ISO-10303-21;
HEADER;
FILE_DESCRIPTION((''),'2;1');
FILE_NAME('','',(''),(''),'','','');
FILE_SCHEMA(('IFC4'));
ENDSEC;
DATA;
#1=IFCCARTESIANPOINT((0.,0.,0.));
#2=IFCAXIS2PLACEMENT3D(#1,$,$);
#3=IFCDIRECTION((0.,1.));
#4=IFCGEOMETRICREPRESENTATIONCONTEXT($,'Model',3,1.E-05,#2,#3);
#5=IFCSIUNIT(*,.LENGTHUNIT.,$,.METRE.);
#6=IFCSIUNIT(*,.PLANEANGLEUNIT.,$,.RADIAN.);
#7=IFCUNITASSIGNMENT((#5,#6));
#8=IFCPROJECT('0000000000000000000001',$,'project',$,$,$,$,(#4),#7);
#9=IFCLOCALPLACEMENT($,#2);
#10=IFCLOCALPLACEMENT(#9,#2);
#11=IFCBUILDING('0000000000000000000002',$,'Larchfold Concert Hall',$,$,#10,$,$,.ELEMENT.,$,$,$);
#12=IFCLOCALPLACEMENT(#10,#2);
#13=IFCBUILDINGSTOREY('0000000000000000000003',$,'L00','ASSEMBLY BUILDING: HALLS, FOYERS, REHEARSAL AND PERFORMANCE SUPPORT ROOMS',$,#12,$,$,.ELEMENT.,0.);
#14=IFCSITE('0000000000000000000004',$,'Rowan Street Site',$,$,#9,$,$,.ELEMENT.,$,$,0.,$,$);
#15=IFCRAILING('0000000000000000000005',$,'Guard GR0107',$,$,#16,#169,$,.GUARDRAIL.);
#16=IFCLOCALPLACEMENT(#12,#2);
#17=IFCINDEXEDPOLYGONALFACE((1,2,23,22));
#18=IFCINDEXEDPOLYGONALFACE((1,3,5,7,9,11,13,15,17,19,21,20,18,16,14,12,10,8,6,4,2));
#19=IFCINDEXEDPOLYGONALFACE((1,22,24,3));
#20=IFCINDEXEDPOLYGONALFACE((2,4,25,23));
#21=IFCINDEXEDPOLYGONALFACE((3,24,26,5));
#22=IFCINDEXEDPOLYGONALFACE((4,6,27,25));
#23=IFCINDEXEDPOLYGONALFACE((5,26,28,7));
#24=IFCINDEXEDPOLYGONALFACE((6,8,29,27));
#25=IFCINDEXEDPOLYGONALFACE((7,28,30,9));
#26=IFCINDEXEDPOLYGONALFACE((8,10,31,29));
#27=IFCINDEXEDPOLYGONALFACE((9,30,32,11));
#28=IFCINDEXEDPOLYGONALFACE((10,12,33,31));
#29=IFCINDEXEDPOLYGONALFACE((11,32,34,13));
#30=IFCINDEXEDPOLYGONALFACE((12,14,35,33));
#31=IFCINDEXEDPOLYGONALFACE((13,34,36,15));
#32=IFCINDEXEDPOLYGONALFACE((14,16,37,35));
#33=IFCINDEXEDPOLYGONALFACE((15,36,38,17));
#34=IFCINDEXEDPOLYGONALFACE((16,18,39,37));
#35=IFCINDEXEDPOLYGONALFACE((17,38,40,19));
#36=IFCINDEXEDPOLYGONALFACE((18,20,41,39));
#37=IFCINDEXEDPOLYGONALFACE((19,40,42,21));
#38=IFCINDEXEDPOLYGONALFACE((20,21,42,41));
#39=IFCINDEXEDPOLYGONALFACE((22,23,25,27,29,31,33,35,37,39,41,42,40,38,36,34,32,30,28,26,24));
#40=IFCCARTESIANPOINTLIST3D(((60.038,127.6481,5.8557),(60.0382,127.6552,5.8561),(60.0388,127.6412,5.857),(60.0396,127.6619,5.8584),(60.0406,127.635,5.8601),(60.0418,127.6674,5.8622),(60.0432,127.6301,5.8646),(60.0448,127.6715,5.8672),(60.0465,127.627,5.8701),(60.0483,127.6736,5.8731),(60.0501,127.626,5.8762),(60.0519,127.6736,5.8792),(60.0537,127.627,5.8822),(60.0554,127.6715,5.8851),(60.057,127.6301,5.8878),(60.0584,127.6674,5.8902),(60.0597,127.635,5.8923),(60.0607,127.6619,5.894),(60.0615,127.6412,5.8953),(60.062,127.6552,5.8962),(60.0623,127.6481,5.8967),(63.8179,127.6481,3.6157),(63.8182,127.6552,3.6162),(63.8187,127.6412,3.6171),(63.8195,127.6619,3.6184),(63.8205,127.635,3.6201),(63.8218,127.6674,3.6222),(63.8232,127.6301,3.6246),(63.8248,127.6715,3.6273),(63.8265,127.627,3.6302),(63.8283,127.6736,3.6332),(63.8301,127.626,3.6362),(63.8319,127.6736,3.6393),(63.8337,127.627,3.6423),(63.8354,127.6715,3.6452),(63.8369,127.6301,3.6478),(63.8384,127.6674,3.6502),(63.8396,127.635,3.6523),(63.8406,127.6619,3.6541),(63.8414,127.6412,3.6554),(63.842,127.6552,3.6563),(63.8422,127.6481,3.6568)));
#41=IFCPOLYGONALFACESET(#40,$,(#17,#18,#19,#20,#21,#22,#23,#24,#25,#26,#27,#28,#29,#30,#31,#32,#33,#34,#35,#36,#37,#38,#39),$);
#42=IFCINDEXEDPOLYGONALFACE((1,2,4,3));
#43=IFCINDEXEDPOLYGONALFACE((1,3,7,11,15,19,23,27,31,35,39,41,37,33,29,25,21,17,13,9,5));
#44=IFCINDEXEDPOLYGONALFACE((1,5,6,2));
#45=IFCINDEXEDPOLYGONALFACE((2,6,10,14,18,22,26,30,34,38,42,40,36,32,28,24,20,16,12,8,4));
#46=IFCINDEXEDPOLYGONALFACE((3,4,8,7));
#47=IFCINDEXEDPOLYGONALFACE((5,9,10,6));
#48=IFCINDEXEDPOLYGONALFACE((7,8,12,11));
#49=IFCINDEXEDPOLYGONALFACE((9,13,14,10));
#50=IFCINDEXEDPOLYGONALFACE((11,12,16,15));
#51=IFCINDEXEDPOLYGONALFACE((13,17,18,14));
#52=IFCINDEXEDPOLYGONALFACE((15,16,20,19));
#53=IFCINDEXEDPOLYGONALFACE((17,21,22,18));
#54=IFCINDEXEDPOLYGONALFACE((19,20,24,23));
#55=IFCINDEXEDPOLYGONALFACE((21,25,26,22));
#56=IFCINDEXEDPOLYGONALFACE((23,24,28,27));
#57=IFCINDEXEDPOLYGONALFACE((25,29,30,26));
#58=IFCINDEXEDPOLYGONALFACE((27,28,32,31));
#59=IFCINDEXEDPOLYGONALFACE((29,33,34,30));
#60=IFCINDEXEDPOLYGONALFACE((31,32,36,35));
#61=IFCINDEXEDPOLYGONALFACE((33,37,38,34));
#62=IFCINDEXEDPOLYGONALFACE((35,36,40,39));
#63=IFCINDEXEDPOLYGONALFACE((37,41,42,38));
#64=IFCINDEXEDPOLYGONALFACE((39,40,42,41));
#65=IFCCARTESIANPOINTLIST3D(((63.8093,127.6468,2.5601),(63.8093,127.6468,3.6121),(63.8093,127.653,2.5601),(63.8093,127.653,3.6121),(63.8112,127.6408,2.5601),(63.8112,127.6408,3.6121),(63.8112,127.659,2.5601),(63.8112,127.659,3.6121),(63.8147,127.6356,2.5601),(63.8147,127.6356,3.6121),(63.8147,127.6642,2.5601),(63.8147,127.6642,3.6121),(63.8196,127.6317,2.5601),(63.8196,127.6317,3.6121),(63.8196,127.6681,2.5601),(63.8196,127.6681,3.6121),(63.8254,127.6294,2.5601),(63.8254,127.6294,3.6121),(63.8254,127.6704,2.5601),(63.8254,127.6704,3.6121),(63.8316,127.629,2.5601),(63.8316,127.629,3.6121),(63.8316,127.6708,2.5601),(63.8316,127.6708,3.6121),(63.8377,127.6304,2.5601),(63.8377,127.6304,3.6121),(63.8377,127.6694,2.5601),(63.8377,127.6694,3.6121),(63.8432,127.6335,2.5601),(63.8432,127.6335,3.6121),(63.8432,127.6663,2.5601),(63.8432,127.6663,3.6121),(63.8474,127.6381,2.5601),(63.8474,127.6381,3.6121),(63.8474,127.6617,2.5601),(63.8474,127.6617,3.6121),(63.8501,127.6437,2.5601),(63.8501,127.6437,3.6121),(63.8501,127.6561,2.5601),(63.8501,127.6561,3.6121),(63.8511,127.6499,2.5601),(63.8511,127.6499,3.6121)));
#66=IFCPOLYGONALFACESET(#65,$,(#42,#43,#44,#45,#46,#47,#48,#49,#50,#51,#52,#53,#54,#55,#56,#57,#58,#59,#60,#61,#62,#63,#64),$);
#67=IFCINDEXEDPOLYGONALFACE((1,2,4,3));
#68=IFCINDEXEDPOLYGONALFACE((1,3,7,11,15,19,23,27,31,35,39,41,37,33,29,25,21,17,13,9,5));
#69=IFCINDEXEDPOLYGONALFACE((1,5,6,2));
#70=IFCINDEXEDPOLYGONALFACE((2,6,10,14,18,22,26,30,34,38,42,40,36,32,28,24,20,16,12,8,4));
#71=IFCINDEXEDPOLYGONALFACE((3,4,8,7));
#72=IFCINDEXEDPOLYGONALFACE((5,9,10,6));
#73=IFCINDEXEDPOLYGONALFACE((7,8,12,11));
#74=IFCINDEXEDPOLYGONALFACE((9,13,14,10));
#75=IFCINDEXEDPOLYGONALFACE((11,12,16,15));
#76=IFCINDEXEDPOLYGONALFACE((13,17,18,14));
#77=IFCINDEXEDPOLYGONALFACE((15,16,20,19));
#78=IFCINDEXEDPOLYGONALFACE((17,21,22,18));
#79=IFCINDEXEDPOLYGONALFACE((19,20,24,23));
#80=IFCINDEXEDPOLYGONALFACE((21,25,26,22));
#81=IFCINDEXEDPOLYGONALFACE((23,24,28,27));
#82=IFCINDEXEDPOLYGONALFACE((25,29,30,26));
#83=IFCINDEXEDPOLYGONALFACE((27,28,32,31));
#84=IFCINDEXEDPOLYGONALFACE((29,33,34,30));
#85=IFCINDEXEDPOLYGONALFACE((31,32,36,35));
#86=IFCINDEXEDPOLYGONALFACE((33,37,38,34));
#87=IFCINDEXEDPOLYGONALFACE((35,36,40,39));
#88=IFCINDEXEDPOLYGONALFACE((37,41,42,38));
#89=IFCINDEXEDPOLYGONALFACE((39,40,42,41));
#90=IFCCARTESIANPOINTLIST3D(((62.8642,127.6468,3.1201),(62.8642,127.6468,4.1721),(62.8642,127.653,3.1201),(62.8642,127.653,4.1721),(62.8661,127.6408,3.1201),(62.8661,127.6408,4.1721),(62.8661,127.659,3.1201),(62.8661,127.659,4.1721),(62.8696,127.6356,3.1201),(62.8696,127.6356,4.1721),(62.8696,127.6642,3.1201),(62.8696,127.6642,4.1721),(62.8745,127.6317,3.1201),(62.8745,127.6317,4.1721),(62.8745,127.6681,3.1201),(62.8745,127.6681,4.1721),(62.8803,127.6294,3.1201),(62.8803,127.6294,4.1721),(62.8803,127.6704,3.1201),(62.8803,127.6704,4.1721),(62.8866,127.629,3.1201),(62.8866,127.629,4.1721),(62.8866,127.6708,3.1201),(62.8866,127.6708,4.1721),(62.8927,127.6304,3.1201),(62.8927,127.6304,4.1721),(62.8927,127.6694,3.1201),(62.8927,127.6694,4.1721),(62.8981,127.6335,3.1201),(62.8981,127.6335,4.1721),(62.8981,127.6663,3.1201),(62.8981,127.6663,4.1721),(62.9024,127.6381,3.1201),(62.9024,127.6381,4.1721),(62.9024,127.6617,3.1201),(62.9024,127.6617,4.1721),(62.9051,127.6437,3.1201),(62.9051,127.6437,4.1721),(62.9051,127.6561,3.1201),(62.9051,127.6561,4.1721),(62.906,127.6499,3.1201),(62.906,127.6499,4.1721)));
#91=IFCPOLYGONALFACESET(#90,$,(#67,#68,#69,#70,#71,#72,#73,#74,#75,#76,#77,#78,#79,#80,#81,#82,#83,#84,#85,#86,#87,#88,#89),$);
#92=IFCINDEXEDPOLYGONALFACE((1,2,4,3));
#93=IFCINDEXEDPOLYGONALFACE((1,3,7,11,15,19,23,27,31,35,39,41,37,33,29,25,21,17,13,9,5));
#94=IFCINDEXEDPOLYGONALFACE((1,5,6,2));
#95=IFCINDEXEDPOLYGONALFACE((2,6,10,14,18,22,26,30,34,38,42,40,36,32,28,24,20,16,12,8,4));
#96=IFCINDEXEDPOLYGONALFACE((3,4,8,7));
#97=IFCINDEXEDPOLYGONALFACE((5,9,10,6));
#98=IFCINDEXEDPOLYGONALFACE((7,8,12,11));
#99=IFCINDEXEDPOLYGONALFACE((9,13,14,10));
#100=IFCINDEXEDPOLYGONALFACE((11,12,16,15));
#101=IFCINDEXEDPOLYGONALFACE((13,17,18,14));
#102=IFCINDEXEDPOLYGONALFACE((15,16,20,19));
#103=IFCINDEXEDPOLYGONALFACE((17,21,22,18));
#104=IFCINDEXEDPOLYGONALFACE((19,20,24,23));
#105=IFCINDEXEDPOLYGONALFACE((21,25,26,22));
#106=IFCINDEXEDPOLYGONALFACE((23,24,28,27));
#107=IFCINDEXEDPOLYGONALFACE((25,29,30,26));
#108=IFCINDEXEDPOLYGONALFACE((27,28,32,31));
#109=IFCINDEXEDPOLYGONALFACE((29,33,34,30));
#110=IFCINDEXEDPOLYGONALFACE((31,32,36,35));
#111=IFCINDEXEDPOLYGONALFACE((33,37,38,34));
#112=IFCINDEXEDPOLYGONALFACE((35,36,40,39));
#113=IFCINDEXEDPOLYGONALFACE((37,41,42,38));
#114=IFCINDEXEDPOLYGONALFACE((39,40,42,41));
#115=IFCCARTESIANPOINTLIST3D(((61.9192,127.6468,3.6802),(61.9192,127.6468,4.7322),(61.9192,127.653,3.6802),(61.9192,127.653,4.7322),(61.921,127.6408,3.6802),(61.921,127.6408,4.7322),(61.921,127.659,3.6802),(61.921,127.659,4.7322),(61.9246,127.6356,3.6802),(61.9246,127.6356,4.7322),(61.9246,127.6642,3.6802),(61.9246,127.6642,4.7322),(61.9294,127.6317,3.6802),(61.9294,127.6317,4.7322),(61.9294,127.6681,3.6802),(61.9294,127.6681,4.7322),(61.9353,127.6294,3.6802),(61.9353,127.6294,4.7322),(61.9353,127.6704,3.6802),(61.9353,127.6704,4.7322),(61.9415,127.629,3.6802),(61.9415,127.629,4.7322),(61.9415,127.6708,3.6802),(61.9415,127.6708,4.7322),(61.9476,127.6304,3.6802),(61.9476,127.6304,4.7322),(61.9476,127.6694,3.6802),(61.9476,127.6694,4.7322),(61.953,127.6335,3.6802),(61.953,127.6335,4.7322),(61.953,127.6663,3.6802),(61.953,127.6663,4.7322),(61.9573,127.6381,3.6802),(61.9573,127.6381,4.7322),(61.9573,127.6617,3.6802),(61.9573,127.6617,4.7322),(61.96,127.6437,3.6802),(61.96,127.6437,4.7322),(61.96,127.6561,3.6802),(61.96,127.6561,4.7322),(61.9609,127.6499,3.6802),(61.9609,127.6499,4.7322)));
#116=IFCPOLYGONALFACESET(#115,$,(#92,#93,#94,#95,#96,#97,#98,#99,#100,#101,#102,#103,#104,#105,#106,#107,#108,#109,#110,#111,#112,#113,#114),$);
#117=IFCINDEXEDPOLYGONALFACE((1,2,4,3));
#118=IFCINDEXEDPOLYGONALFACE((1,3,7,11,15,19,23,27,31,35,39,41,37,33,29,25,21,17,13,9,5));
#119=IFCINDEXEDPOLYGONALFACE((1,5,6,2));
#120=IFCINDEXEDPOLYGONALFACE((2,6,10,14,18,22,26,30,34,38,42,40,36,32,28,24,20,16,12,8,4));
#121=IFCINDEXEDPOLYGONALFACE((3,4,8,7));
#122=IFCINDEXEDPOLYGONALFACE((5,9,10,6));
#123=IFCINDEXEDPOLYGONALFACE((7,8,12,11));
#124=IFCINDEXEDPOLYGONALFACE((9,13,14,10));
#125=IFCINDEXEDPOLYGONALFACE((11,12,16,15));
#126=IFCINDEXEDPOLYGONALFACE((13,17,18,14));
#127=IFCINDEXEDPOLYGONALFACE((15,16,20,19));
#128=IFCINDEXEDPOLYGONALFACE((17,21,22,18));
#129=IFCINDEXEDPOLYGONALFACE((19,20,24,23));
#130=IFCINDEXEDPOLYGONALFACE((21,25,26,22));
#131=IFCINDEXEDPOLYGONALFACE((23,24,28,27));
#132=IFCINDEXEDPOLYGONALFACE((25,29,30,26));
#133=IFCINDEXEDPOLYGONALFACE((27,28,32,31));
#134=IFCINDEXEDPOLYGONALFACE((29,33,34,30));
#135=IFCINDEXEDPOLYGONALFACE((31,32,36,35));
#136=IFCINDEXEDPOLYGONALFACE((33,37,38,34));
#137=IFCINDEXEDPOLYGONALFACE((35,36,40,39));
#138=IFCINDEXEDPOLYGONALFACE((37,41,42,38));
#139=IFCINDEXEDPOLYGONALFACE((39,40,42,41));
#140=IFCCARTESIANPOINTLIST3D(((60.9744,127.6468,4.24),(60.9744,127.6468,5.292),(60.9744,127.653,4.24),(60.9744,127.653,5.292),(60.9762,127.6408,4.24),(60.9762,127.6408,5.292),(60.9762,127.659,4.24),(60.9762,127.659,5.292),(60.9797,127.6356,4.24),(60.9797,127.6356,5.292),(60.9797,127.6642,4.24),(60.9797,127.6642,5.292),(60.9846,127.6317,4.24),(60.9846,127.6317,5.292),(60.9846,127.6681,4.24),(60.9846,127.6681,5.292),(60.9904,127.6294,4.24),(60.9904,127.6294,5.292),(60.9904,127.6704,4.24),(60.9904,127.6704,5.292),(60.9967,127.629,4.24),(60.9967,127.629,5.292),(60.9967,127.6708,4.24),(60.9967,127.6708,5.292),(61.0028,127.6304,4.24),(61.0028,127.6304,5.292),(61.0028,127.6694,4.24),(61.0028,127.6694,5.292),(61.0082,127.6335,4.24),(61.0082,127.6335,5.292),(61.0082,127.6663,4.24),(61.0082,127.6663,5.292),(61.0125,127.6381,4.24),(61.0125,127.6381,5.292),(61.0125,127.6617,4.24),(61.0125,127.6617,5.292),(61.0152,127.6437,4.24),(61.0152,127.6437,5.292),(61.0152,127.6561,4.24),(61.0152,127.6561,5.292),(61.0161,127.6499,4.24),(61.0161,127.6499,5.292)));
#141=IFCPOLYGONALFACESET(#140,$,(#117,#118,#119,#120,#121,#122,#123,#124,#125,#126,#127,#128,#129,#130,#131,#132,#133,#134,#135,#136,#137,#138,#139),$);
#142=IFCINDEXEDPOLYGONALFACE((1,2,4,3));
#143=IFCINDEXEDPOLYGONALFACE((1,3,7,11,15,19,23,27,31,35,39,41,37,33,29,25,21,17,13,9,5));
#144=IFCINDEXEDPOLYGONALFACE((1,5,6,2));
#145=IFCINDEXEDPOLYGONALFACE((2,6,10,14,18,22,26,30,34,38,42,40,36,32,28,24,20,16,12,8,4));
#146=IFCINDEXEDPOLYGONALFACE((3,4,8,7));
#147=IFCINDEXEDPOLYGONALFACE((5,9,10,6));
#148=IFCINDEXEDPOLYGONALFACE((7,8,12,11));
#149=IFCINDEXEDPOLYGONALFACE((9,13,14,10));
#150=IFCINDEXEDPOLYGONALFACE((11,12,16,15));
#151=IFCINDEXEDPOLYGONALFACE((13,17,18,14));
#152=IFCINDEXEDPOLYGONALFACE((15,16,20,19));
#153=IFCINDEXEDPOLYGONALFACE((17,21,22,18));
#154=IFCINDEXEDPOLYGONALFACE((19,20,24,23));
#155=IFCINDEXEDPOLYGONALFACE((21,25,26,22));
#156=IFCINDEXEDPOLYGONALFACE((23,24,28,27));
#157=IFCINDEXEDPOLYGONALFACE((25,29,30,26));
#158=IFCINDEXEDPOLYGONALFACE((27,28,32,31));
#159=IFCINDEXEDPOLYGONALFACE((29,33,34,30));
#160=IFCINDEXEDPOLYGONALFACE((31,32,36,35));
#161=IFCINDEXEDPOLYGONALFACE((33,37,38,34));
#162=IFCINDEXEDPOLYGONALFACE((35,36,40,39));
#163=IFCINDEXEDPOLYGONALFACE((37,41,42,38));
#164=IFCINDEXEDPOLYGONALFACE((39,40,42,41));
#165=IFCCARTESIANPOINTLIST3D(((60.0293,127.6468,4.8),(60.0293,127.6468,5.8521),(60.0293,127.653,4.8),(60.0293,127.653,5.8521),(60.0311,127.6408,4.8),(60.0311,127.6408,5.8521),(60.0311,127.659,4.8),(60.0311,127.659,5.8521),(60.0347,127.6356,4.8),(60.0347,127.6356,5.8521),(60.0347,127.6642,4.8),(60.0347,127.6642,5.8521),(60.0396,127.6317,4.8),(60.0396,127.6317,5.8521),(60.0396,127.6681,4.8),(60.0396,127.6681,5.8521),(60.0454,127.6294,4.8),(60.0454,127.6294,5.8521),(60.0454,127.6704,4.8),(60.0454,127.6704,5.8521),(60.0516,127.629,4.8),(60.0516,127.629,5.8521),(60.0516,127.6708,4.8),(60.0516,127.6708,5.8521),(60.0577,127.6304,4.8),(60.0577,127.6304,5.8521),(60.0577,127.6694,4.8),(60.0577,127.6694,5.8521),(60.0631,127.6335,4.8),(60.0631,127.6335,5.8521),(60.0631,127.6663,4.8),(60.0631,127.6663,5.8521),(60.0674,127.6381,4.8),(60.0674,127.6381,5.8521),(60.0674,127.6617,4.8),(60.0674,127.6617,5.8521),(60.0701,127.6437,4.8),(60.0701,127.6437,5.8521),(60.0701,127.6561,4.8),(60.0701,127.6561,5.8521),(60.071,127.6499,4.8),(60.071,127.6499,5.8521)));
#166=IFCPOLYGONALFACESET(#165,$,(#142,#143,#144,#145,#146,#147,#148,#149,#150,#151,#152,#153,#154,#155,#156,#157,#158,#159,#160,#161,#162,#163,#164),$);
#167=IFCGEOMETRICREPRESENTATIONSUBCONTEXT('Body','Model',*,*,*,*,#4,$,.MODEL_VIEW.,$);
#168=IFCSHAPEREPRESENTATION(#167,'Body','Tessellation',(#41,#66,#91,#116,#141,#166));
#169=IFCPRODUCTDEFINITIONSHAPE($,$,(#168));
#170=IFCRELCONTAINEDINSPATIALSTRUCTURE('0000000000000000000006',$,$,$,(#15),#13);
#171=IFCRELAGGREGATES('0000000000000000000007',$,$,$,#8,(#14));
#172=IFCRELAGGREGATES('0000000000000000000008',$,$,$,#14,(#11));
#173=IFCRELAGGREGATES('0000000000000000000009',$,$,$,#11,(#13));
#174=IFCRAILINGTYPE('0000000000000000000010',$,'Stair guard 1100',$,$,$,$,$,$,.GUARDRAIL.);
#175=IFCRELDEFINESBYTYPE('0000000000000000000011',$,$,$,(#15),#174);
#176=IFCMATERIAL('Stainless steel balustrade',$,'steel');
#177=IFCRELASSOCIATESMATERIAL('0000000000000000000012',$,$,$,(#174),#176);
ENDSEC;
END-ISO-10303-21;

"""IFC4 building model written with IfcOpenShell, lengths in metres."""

from ifc_helpers import new_model, si_unit, direction, frame, origin, origin_2d, place, context, subcontext, project, spatial, circle, extrude, material, type_object, element, save


model = new_model("IFC4")

# Units and contexts
model_context = context("Model", 3, precision=1e-05, world=origin(), true_north=direction((0.0, 1.0)))
body_context = subcontext(model_context, "Body", "Model", "MODEL_VIEW")
ifc_project = project(units=[si_unit("LENGTHUNIT", "METRE"), si_unit("PLANEANGLEUNIT", "RADIAN")], contexts=[model_context])

# Site, building, storey
site_placement = place(None, origin())
site = spatial("IfcSite", under=ifc_project, at=site_placement, Name="Rowan Street Site", CompositionType="ELEMENT", RefElevation=0.0)
building_placement = place(site_placement, origin())
building = spatial("IfcBuilding", under=site, at=building_placement, Name="Larchfold Concert Hall", CompositionType="ELEMENT")
storey_placement = place(building_placement, origin())
storey = spatial("IfcBuildingStorey", under=building, at=storey_placement, Name="L00", Description="ASSEMBLY BUILDING: HALLS, FOYERS, REHEARSAL AND PERFORMANCE SUPPORT ROOMS", CompositionType="ELEMENT", Elevation=0.0)

# Railing
ifc_material_1 = material(Name="Stainless steel balustrade", Category="steel")
railing_type_1 = type_object("IfcRailingType", Name="Stair guard 1100", PredefinedType="GUARDRAIL", material=ifc_material_1)
railing_1_placement = place(storey_placement, frame((63.8301, 127.6499, 2.5601)))
element("IfcRailing", 1, at=railing_1_placement, inside=storey, type_object=railing_type_1, Name="Guard GR0107", PredefinedType="GUARDRAIL", context=body_context, shape_type="SweptSolid", body=[
    extrude(circle(Radius=0.0239, at=origin_2d()), frame((0.0, 0.0, 1.0762), z_axis=(-0.860294, 0.0, 0.509798), x_axis=(0.0, -1.0, 0.0)), (0.0, 0.0, 1.0), 4.3938),
    extrude(circle(Radius=0.021, at=origin_2d()), origin(), (0.0, 0.0, 1.0), 1.052),
    extrude(circle(Radius=0.021, at=origin_2d()), frame((-0.9451, 0.0, 0.5601)), (0.0, 0.0, 1.0), 1.052),
    extrude(circle(Radius=0.021, at=origin_2d()), frame((-1.8901, 0.0, 1.1201)), (0.0, 0.0, 1.0), 1.052),
    extrude(circle(Radius=0.021, at=origin_2d()), frame((-2.835, 0.0, 1.6799)), (0.0, 0.0, 1.0), 1.052),
    extrude(circle(Radius=0.021, at=origin_2d()), frame((-3.78, 0.0, 2.24)), (0.0, 0.0, 1.0), 1.052),
])

save(model, "model.ifc")
